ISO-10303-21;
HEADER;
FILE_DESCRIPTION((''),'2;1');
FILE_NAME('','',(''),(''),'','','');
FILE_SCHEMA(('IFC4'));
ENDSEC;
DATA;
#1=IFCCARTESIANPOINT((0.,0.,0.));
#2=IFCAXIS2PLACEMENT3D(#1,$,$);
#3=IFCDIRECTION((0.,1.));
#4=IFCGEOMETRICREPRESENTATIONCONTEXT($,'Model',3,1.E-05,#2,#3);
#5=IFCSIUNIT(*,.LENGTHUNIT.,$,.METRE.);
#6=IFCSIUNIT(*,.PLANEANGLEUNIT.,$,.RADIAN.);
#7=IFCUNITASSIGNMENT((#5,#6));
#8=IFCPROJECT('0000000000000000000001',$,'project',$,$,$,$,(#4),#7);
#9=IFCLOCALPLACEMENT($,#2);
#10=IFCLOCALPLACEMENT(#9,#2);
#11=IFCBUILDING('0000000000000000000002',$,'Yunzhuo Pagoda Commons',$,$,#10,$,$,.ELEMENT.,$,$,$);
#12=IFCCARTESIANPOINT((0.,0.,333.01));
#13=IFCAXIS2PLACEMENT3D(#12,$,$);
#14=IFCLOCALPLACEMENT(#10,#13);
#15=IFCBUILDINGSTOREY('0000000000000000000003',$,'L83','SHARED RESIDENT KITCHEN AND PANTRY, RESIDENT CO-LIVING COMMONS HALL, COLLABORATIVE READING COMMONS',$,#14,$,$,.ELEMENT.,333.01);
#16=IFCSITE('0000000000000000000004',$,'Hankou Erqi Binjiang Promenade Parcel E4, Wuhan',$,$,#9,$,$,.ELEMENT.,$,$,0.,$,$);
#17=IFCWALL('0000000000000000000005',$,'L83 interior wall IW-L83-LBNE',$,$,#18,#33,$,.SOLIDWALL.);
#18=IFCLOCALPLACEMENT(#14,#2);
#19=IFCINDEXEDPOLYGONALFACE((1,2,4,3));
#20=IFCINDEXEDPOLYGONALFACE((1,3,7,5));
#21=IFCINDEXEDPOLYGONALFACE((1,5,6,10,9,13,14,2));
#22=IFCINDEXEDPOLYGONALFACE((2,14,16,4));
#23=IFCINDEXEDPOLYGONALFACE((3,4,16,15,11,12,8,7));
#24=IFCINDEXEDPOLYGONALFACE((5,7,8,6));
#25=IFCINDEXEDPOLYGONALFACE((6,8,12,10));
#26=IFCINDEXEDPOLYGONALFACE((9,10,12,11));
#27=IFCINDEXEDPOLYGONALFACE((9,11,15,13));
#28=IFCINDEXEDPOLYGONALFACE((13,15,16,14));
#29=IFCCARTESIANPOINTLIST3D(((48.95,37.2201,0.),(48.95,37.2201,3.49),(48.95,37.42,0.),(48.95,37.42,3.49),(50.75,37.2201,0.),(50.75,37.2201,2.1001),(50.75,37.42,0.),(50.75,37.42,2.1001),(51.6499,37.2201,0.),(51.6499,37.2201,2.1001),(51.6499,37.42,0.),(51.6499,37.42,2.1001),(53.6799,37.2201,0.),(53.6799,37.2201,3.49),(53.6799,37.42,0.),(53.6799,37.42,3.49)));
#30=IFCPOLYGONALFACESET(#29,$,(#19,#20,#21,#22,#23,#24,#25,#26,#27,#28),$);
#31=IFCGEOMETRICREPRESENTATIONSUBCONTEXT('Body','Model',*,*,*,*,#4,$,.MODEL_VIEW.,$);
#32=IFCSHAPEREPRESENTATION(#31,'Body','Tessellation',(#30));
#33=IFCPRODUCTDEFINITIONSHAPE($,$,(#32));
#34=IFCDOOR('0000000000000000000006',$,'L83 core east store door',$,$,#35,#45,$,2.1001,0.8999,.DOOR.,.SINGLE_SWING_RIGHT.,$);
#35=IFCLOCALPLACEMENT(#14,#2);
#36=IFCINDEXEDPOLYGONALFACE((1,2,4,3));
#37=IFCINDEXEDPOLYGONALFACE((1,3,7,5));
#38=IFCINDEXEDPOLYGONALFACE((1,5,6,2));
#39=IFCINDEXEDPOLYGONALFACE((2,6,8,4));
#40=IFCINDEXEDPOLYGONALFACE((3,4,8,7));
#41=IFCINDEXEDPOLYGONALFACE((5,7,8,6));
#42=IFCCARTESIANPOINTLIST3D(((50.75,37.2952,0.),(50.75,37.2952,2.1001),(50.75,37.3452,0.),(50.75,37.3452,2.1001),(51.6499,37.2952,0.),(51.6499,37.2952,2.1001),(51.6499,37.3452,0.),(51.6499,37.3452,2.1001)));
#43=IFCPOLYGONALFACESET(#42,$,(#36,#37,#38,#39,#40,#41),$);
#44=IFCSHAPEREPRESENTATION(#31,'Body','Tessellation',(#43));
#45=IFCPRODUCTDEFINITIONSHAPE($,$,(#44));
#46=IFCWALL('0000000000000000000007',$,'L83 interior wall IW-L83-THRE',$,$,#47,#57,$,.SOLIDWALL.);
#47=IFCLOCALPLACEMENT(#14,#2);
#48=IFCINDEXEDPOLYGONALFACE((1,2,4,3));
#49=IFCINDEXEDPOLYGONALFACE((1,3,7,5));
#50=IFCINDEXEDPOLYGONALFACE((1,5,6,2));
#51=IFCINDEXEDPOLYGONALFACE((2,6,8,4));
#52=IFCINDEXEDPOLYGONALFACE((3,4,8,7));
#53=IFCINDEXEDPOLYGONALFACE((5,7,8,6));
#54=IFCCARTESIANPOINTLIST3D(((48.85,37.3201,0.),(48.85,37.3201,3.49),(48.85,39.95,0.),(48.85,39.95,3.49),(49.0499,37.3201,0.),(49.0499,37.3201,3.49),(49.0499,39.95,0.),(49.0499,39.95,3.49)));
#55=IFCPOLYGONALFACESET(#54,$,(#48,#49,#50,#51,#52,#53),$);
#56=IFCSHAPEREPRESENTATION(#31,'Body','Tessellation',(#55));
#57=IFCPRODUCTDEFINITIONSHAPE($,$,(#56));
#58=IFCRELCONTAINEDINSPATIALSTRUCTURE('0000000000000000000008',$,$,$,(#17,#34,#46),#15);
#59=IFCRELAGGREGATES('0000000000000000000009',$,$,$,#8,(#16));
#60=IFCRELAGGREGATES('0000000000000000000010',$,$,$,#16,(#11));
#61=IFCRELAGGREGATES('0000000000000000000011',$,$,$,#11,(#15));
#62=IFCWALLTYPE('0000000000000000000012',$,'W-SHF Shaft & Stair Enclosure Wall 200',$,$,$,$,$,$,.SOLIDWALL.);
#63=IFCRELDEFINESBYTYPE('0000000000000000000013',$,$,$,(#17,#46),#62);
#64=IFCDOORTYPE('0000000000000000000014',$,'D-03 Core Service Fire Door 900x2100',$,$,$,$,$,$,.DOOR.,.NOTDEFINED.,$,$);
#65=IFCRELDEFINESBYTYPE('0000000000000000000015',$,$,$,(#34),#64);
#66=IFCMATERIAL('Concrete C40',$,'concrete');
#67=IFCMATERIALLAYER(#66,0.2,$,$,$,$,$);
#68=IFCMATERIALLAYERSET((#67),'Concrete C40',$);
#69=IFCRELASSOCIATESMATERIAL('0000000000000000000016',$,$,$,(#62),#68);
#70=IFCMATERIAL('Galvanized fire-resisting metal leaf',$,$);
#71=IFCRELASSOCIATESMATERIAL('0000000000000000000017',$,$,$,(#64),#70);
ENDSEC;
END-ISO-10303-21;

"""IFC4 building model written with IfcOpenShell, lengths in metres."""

from ifc_helpers import new_model, si_unit, direction, frame, frame_2d, origin, place, context, subcontext, project, spatial, rectangle, extrude, source, transform, mapped, material, layer, layer_set, type_object, element, fill, save


model = new_model("IFC4")

# Units and contexts
model_context = context("Model", 3, precision=1e-05, world=origin(), true_north=direction((0.0, 1.0)))
body_context = subcontext(model_context, "Body", "Model", "MODEL_VIEW")
ifc_project = project(units=[si_unit("LENGTHUNIT", "METRE"), si_unit("PLANEANGLEUNIT", "RADIAN")], contexts=[model_context])

# Site, building, storey
site_placement = place(None, origin())
site = spatial("IfcSite", under=ifc_project, at=site_placement, Name="Hankou Erqi Binjiang Promenade Parcel E4, Wuhan", CompositionType="ELEMENT", RefElevation=0.0)
building_placement = place(site_placement, origin())
building = spatial("IfcBuilding", under=site, at=building_placement, Name="Yunzhuo Pagoda Commons", CompositionType="ELEMENT")
storey_placement = place(building_placement, frame((0.0, 0.0, 333.01)))
storey = spatial("IfcBuildingStorey", under=building, at=storey_placement, Name="L83", Description="SHARED RESIDENT KITCHEN AND PANTRY, RESIDENT CO-LIVING COMMONS HALL, COLLABORATIVE READING COMMONS", CompositionType="ELEMENT", Elevation=333.01)

# Shared definitions
ifc_material_1 = material(Name="Galvanized fire-resisting metal leaf")

# Shared definitions
ifc_material_2 = material(Name="Concrete C40", Category="concrete")
ifc_layer_1 = layer(ifc_material_2, 0.2)
ifc_layer_set_1 = layer_set([ifc_layer_1], Name="Concrete C40")
wall_type_1 = type_object("IfcWallType", Name="W-SHF Shaft & Stair Enclosure Wall 200", PredefinedType="SOLIDWALL", material=ifc_layer_set_1)

# Wall, opening, door
wall_1_placement = place(storey_placement, frame((48.95, 37.3201, 0.0), z_axis=(0.0, 0.0, 1.0), x_axis=(1.0, 0.0, 0.0)))
wall_1 = element("IfcWall", 1, at=wall_1_placement, inside=storey, type_object=wall_type_1, Name="L83 interior wall IW-L83-LBNE", PredefinedType="SOLIDWALL", context=body_context, shape_type="SweptSolid", body=[
    extrude(rectangle(XDim=4.73, YDim=0.2, at=frame_2d((2.365, 0.0))), origin(), (0.0, 0.0, 1.0), 3.49),
])
opening_1_placement = place(wall_1_placement, frame((1.8, 0.0, 0.0)))
opening_1 = element("IfcOpeningElement", 2, at=opening_1_placement, cuts=wall_1, PredefinedType="OPENING", context=body_context, shape_type="SweptSolid", body=[
    extrude(rectangle(XDim=0.8999, YDim=2.1001, at=frame_2d((0.45, 1.05))), frame((0.0, 0.1099, 0.0), z_axis=(0.0, -1.0, 0.0), x_axis=(1.0, 0.0, 0.0)), (0.0, 0.0, 1.0), 0.22),
])
door_type_1 = type_object("IfcDoorType", Name="D-03 Core Service Fire Door 900x2100", OperationType="NOTDEFINED", PredefinedType="DOOR", material=ifc_material_1)
shared_shape_1 = source(origin(), body_context, "Body", "SweptSolid", [
    extrude(rectangle(XDim=0.8999, YDim=2.1001, at=frame_2d((0.45, 1.05))), frame((0.0, 0.0249, 0.0), z_axis=(0.0, -1.0, 0.0), x_axis=(1.0, 0.0, 0.0)), (0.0, 0.0, 1.0), 0.05),
])
door_1_placement = place(opening_1_placement, frame((0.8999, 0.0, 0.0), z_axis=(0.0, 0.0, 1.0), x_axis=(-1.0, 0.0, 0.0)))
door_1 = element("IfcDoor", 3, at=door_1_placement, inside=storey, type_object=door_type_1, Name="L83 core east store door", OperationType="SINGLE_SWING_RIGHT", OverallHeight=2.1001, OverallWidth=0.8999, PredefinedType="DOOR", context=body_context, shape_type="MappedRepresentation", body=[
    mapped(shared_shape_1, transform((0.0, 0.0, 0.0), scale=1.0)),
])
fill(opening_1, door_1)

# Wall
wall_2_placement = place(storey_placement, frame((48.95, 37.3201, 0.0), z_axis=(0.0, 0.0, 1.0), x_axis=(0.0, 1.0, 0.0)))
element("IfcWall", 4, at=wall_2_placement, inside=storey, type_object=wall_type_1, Name="L83 interior wall IW-L83-THRE", PredefinedType="SOLIDWALL", context=body_context, shape_type="SweptSolid", body=[
    extrude(rectangle(XDim=2.6299, YDim=0.2, at=frame_2d((1.3149, 0.0))), origin(), (0.0, 0.0, 1.0), 3.49),
])

save(model, "model.ifc")
